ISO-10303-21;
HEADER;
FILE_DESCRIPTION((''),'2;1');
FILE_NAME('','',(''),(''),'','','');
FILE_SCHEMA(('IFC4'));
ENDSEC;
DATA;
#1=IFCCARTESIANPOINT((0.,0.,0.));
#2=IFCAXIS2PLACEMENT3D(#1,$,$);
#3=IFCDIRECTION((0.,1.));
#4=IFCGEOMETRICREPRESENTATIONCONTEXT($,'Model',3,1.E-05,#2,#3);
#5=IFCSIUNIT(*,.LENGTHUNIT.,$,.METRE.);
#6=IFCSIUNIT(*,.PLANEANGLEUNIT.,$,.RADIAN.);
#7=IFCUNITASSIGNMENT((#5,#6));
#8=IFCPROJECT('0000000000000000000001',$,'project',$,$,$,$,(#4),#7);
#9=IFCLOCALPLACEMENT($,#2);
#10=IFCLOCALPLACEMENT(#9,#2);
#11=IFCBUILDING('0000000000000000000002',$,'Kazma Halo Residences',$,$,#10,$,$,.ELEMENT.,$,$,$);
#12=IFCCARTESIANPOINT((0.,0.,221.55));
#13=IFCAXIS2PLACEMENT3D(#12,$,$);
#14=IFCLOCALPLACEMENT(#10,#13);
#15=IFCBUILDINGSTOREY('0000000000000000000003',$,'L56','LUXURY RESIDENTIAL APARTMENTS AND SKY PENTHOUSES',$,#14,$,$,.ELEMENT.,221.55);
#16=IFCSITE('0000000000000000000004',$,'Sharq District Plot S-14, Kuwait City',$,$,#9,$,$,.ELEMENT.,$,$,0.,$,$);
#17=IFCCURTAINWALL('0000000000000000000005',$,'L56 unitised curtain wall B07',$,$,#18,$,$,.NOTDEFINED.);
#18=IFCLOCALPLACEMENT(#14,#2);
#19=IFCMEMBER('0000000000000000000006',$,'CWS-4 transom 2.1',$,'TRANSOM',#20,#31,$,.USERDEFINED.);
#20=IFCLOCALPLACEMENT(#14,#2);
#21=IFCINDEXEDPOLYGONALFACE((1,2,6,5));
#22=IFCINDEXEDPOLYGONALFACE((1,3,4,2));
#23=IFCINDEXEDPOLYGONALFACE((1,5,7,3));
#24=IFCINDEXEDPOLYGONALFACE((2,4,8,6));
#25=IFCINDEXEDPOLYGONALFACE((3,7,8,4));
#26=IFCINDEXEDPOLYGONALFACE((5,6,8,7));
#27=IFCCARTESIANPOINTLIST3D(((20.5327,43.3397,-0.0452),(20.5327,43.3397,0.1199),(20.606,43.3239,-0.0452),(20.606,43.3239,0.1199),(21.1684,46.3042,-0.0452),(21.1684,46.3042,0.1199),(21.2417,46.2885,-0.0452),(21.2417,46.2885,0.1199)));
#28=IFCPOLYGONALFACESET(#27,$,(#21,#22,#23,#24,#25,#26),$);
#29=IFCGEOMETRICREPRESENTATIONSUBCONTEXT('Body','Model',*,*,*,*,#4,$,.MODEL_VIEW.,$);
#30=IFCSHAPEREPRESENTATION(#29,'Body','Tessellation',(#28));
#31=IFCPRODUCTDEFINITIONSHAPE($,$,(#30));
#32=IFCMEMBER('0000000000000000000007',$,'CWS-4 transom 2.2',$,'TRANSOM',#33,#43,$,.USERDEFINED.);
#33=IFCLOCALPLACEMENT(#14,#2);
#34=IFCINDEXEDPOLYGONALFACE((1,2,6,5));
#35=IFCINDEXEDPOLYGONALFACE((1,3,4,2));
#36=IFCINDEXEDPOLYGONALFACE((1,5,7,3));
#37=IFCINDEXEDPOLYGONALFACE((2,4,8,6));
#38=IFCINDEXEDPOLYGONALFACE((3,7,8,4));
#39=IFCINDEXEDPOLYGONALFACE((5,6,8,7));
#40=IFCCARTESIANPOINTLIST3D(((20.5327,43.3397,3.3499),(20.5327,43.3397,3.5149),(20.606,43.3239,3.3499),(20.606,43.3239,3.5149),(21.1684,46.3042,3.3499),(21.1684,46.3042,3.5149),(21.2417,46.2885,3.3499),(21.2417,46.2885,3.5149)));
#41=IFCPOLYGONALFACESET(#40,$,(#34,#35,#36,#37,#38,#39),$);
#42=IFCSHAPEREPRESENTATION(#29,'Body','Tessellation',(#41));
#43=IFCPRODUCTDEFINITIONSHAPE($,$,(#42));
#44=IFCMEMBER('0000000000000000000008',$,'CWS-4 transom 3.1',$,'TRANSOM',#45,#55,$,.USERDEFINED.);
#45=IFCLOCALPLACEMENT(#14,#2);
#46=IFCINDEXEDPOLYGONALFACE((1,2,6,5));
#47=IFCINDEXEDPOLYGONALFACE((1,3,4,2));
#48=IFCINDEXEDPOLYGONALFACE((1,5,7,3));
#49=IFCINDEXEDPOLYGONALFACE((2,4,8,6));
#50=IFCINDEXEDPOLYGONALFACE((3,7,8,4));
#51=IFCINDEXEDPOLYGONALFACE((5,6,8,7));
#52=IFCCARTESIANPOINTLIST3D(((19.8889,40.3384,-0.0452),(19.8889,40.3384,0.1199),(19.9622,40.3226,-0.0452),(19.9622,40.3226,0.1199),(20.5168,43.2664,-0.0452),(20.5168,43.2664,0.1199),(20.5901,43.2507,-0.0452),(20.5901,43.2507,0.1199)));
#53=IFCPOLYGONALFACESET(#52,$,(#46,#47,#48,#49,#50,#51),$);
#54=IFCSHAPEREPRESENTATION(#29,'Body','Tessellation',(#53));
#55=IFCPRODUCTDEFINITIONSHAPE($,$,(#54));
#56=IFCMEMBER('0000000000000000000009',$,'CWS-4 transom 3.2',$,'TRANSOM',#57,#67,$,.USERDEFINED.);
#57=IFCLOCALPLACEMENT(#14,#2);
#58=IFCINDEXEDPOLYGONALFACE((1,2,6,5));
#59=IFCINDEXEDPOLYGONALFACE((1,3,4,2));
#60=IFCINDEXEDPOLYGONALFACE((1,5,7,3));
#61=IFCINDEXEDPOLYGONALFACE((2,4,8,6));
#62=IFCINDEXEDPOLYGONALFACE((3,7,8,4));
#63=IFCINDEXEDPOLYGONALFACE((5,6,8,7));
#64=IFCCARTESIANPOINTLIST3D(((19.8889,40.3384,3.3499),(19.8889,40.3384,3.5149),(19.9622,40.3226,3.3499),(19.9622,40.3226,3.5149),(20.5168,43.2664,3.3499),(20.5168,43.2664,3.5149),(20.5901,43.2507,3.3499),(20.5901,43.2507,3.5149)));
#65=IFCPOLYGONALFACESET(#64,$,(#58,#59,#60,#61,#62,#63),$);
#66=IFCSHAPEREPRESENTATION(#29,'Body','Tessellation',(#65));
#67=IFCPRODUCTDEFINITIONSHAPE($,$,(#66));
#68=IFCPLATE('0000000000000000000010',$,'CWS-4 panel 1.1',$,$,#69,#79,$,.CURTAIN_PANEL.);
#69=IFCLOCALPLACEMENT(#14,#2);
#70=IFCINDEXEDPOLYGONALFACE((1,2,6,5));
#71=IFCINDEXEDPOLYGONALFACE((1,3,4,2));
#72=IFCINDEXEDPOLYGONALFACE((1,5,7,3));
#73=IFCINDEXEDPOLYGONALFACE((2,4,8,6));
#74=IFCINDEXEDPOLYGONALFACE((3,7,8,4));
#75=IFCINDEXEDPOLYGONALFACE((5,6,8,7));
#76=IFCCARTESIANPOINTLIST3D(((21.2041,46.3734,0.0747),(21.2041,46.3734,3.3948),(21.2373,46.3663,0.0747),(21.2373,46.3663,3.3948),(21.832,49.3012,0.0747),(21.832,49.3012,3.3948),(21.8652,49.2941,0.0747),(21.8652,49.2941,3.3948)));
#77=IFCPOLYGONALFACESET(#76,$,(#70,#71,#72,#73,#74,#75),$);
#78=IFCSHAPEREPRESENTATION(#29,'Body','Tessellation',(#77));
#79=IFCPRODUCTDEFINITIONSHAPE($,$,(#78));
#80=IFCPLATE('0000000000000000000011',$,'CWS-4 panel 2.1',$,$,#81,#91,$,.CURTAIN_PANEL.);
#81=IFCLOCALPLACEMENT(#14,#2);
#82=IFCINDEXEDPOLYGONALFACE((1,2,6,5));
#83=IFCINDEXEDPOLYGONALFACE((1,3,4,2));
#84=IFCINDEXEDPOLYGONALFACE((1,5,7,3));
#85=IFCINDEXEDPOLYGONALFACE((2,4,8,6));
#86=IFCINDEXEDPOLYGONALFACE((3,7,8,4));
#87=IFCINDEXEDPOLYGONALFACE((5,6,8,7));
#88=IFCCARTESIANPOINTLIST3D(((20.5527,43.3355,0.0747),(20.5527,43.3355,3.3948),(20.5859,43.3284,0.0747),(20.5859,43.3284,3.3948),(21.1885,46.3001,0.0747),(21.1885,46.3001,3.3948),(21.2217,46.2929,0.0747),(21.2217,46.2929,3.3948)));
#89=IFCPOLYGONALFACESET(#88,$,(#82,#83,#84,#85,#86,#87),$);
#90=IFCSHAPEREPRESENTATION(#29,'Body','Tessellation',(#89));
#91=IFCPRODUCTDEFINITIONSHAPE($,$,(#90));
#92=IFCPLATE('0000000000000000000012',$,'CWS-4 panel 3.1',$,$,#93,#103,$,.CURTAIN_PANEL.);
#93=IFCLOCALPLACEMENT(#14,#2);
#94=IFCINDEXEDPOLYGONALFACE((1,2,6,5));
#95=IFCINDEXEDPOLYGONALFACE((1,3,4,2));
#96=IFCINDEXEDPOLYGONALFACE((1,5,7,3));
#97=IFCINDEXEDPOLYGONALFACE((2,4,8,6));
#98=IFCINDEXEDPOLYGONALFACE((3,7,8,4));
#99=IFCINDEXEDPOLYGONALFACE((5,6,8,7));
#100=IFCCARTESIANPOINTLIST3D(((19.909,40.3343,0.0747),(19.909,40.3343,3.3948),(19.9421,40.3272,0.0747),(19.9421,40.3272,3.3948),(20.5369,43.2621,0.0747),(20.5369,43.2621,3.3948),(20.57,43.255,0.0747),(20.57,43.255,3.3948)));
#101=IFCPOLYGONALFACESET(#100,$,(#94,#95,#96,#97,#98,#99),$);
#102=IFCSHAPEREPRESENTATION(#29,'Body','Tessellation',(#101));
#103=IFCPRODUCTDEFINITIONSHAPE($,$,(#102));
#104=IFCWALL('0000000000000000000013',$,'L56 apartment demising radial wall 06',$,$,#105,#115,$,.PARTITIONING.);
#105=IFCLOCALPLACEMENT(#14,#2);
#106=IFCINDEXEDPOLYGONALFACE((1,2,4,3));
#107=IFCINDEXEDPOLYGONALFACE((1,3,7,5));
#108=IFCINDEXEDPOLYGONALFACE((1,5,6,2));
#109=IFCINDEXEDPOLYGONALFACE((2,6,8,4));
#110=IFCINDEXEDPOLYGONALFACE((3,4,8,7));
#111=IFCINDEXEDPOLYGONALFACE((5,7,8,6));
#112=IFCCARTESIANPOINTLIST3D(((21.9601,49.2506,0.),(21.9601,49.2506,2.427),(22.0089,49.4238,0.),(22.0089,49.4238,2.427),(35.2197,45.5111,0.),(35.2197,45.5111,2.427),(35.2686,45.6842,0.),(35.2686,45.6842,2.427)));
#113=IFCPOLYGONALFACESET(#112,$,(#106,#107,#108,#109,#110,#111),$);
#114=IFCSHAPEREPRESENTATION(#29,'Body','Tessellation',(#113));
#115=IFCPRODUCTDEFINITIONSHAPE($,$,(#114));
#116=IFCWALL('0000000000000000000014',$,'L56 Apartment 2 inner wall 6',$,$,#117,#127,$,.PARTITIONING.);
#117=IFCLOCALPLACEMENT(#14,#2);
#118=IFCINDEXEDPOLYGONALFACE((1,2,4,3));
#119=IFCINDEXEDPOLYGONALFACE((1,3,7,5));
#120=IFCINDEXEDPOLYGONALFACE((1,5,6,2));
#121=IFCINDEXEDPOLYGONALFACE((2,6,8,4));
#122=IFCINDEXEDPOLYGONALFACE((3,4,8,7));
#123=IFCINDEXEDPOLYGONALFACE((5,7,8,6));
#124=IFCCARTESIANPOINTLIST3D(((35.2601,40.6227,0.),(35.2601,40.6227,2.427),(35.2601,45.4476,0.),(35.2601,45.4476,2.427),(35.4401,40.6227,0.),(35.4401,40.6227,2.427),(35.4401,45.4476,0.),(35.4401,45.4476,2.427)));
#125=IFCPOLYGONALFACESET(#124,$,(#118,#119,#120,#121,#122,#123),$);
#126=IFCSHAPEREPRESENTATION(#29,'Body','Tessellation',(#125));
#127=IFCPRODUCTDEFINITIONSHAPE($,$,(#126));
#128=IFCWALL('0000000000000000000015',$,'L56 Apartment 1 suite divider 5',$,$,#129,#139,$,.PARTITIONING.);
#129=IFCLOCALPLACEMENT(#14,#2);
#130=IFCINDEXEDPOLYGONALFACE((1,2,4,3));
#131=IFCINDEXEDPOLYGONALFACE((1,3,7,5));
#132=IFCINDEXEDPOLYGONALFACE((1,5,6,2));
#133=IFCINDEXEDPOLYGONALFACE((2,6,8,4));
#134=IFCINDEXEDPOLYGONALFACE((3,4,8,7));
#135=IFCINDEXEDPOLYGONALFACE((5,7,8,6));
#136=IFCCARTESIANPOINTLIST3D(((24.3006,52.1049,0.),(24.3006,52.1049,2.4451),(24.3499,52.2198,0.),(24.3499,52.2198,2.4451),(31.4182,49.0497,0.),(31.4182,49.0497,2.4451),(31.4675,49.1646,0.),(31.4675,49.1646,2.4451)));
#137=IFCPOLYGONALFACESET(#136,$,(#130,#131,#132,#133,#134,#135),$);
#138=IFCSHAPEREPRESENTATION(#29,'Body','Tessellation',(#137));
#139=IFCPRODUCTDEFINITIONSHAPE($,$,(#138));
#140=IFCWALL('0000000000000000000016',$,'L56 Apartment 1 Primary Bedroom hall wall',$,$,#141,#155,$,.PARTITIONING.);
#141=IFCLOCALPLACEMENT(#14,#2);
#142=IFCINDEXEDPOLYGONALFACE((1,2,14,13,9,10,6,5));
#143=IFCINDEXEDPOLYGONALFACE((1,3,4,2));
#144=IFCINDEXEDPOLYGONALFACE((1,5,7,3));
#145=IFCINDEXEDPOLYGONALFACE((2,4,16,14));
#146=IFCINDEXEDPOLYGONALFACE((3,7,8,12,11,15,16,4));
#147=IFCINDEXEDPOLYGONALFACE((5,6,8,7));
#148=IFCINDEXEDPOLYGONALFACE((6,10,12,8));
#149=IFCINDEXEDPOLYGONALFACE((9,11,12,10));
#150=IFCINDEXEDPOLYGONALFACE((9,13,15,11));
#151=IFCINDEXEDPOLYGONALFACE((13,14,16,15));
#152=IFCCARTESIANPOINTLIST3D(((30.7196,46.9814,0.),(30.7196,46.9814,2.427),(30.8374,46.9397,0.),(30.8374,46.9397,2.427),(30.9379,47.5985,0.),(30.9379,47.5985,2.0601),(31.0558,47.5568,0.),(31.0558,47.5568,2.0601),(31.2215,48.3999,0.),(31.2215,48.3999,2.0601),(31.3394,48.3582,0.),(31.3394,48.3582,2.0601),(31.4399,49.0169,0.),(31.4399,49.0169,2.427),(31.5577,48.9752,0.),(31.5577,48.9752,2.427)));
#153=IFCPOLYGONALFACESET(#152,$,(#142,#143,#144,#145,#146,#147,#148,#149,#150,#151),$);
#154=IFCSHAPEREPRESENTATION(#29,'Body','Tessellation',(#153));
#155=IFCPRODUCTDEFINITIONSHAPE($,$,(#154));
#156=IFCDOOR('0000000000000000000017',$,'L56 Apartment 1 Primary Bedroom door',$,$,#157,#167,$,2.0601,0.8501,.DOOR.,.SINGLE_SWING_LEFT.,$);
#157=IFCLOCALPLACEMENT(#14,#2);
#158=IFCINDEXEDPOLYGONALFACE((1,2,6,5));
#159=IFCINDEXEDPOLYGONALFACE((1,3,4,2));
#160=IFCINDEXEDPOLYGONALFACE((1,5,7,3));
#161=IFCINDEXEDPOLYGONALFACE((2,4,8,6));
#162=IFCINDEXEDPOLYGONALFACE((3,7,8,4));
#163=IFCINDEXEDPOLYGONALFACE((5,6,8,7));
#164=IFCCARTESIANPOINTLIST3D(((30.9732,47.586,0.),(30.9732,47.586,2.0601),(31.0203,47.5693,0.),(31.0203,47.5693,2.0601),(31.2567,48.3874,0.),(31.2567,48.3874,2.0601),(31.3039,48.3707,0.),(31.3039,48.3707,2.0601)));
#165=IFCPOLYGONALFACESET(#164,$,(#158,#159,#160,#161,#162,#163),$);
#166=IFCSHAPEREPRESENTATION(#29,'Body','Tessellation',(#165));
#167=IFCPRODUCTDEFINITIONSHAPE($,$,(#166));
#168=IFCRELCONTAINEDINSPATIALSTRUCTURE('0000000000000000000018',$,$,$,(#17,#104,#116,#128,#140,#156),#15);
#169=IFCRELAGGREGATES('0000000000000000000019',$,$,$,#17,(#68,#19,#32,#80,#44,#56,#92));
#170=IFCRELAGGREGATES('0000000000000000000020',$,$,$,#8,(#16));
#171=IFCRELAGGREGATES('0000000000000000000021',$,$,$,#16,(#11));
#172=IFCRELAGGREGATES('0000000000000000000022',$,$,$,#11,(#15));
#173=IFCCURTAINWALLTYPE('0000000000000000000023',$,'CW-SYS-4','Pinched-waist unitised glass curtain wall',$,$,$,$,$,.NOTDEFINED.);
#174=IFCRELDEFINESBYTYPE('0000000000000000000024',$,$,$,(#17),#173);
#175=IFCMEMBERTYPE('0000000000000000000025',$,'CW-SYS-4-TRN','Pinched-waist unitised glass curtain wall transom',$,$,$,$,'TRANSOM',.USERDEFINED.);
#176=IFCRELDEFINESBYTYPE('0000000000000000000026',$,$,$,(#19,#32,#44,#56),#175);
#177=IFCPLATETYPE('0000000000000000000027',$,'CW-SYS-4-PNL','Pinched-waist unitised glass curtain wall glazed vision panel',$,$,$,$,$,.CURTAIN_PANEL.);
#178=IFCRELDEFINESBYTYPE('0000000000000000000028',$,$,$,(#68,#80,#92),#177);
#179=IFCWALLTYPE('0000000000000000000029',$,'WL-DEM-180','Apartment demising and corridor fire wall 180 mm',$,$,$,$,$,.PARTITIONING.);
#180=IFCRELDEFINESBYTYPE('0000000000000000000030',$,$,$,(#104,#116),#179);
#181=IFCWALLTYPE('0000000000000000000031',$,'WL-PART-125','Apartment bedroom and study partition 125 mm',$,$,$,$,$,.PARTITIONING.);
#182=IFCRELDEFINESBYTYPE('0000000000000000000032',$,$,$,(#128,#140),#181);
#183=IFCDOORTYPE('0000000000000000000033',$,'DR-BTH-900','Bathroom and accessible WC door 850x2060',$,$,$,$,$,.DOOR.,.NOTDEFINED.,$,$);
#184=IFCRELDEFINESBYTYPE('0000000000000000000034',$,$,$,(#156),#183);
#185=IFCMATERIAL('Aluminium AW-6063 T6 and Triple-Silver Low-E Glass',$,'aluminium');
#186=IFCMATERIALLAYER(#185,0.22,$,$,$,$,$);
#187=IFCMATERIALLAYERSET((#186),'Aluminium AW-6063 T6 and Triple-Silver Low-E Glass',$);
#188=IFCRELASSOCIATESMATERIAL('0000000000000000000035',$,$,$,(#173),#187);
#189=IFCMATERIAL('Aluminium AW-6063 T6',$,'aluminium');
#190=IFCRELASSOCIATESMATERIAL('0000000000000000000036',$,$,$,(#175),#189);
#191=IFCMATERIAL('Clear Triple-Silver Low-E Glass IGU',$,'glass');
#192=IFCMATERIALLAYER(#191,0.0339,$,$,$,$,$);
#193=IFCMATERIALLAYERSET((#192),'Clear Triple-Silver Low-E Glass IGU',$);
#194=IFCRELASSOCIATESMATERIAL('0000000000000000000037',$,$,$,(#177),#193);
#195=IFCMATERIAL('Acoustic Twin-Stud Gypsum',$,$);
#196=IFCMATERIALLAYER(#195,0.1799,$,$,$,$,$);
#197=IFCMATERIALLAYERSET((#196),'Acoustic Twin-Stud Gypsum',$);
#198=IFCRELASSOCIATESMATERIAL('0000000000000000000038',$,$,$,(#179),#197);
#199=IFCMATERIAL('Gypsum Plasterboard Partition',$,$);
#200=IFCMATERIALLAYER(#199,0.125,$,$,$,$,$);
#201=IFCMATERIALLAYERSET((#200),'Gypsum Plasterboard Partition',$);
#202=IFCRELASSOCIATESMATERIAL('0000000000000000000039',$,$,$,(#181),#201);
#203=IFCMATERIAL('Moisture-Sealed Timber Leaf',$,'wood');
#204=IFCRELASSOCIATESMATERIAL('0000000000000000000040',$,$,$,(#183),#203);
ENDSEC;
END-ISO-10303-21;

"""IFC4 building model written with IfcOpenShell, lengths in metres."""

from ifc_helpers import new_model, si_unit, direction, frame, frame_2d, origin, origin_2d, place, context, subcontext, project, spatial, rectangle, extrude, material, layer, layer_set, material_profile, profile_set, type_object, element, fill, aggregate, save


model = new_model("IFC4")

# Units and contexts
model_context = context("Model", 3, precision=1e-05, world=origin(), true_north=direction((0.0, 1.0)))
body_context = subcontext(model_context, "Body", "Model", "MODEL_VIEW")
ifc_project = project(units=[si_unit("LENGTHUNIT", "METRE"), si_unit("PLANEANGLEUNIT", "RADIAN")], contexts=[model_context])

# Site, building, storey
site_placement = place(None, origin())
site = spatial("IfcSite", under=ifc_project, at=site_placement, Name="Sharq District Plot S-14, Kuwait City", CompositionType="ELEMENT", RefElevation=0.0)
building_placement = place(site_placement, origin())
building = spatial("IfcBuilding", under=site, at=building_placement, Name="Kazma Halo Residences", CompositionType="ELEMENT")
storey_placement = place(building_placement, frame((0.0, 0.0, 221.55)))
storey = spatial("IfcBuildingStorey", under=building, at=storey_placement, Name="L56", Description="LUXURY RESIDENTIAL APARTMENTS AND SKY PENTHOUSES", CompositionType="ELEMENT", Elevation=221.55)

# Curtain wall, members, plates
ifc_material_1 = material(Name="Aluminium AW-6063 T6 and Triple-Silver Low-E Glass", Category="aluminium")
ifc_layer_1 = layer(ifc_material_1, 0.22)
ifc_layer_set_1 = layer_set([ifc_layer_1], Name="Aluminium AW-6063 T6 and Triple-Silver Low-E Glass")
curtain_wall_type = type_object("IfcCurtainWallType", Name="CW-SYS-4", Description="Pinched-waist unitised glass curtain wall", PredefinedType="NOTDEFINED", material=ifc_layer_set_1)
curtain_wall_placement = place(storey_placement, origin())
curtain_wall = element("IfcCurtainWall", 1, at=curtain_wall_placement, inside=storey, type_object=curtain_wall_type, Name="L56 unitised curtain wall B07", PredefinedType="NOTDEFINED")
ifc_material_2 = material(Name="Aluminium AW-6063 T6", Category="aluminium")
ifc_material_profile_1 = material_profile(ifc_material_2, rectangle(XDim=0.075, YDim=0.165, at=origin_2d()), Name="CWT-75x165")
ifc_profile_set_1 = profile_set([ifc_material_profile_1], Name="Aluminium AW-6063 T6")
member_type_1 = type_object("IfcMemberType", Name="CW-SYS-4-TRN", Description="Pinched-waist unitised glass curtain wall transom", ElementType="TRANSOM", PredefinedType="USERDEFINED", material=ifc_profile_set_1)
member_1_placement = place(storey_placement, frame((21.2051, 46.2964, 0.0374), z_axis=(-0.209678, -0.977771, 0.0), x_axis=(0.977771, -0.209678, 0.0)))
member_1 = element("IfcMember", 2, at=member_1_placement, type_object=member_type_1, Name="CWS-4 transom 2.1", ObjectType="TRANSOM", PredefinedType="USERDEFINED", context=body_context, shape_type="SweptSolid", body=[
    extrude(rectangle(XDim=0.075, YDim=0.165, at=origin_2d()), origin(), (0.0, 0.0, 1.0), 3.032),
])
member_2_placement = place(storey_placement, frame((21.2051, 46.2964, 3.4324), z_axis=(-0.209678, -0.977771, 0.0), x_axis=(0.977771, -0.209678, 0.0)))
member_2 = element("IfcMember", 3, at=member_2_placement, type_object=member_type_1, Name="CWS-4 transom 2.2", ObjectType="TRANSOM", PredefinedType="USERDEFINED", context=body_context, shape_type="SweptSolid", body=[
    extrude(rectangle(XDim=0.075, YDim=0.165, at=origin_2d()), origin(), (0.0, 0.0, 1.0), 3.032),
])
member_3_placement = place(storey_placement, frame((20.5535, 43.2585, 0.0374), z_axis=(-0.209691, -0.977768, 0.0), x_axis=(0.977768, -0.209691, 0.0)))
member_3 = element("IfcMember", 4, at=member_3_placement, type_object=member_type_1, Name="CWS-4 transom 3.1", ObjectType="TRANSOM", PredefinedType="USERDEFINED", context=body_context, shape_type="SweptSolid", body=[
    extrude(rectangle(XDim=0.075, YDim=0.165, at=origin_2d()), origin(), (0.0, 0.0, 1.0), 2.9946),
])
member_4_placement = place(storey_placement, frame((20.5535, 43.2585, 3.4324), z_axis=(-0.209691, -0.977768, 0.0), x_axis=(0.977768, -0.209691, 0.0)))
member_4 = element("IfcMember", 5, at=member_4_placement, type_object=member_type_1, Name="CWS-4 transom 3.2", ObjectType="TRANSOM", PredefinedType="USERDEFINED", context=body_context, shape_type="SweptSolid", body=[
    extrude(rectangle(XDim=0.075, YDim=0.165, at=origin_2d()), origin(), (0.0, 0.0, 1.0), 2.9946),
])
ifc_material_3 = material(Name="Clear Triple-Silver Low-E Glass IGU", Category="glass")
ifc_layer_2 = layer(ifc_material_3, 0.0339)
ifc_layer_set_2 = layer_set([ifc_layer_2], Name="Clear Triple-Silver Low-E Glass IGU")
plate_type = type_object("IfcPlateType", Name="CW-SYS-4-PNL", Description="Pinched-waist unitised glass curtain wall glazed vision panel", PredefinedType="CURTAIN_PANEL", material=ifc_layer_set_2)
plate_1_placement = place(storey_placement, frame((21.5347, 47.8337, 0.0747), z_axis=(0.0, 0.0, 1.0), x_axis=(-0.20969, -0.977768, 0.0)))
plate_1 = element("IfcPlate", 6, at=plate_1_placement, type_object=plate_type, Name="CWS-4 panel 1.1", PredefinedType="CURTAIN_PANEL", context=body_context, shape_type="SweptSolid", body=[
    extrude(rectangle(XDim=2.9944, YDim=0.0339, at=origin_2d()), origin(), (0.0, 0.0, 1.0), 3.3201),
])
plate_2_placement = place(storey_placement, frame((20.8872, 44.8142, 0.0747), z_axis=(0.0, 0.0, 1.0), x_axis=(-0.20969, -0.977768, 0.0)))
plate_2 = element("IfcPlate", 7, at=plate_2_placement, type_object=plate_type, Name="CWS-4 panel 2.1", PredefinedType="CURTAIN_PANEL", context=body_context, shape_type="SweptSolid", body=[
    extrude(rectangle(XDim=3.032, YDim=0.0339, at=origin_2d()), origin(), (0.0, 0.0, 1.0), 3.3201),
])
plate_3_placement = place(storey_placement, frame((20.2395, 41.7947, 0.0747), z_axis=(0.0, 0.0, 1.0), x_axis=(-0.20969, -0.977768, 0.0)))
plate_3 = element("IfcPlate", 8, at=plate_3_placement, type_object=plate_type, Name="CWS-4 panel 3.1", PredefinedType="CURTAIN_PANEL", context=body_context, shape_type="SweptSolid", body=[
    extrude(rectangle(XDim=2.9944, YDim=0.0339, at=origin_2d()), origin(), (0.0, 0.0, 1.0), 3.3201),
])
aggregate(curtain_wall, [plate_1, member_1, member_2, plate_2, member_3, member_4, plate_3])

# Walls
ifc_material_4 = material(Name="Acoustic Twin-Stud Gypsum")
ifc_layer_3 = layer(ifc_material_4, 0.1799)
ifc_layer_set_3 = layer_set([ifc_layer_3], Name="Acoustic Twin-Stud Gypsum")
wall_type_1 = type_object("IfcWallType", Name="WL-DEM-180", Description="Apartment demising and corridor fire wall 180 mm", PredefinedType="PARTITIONING", material=ifc_layer_set_3)
wall_1_placement = place(storey_placement, frame((35.2441, 45.5977, 0.0), z_axis=(0.0, 0.0, 1.0), x_axis=(-0.962457, 0.271436, 0.0)))
element("IfcWall", 9, at=wall_1_placement, inside=storey, type_object=wall_type_1, Name="L56 apartment demising radial wall 06", PredefinedType="PARTITIONING", context=body_context, shape_type="SweptSolid", body=[
    extrude(rectangle(XDim=13.7769, YDim=0.1799, at=frame_2d((6.8884, 0.0))), origin(), (0.0, 0.0, 1.0), 2.427),
])
wall_2_placement = place(storey_placement, frame((35.3501, 45.4478, 0.0), z_axis=(0.0, 0.0, 1.0), x_axis=(0.0, -1.0, 0.0)))
element("IfcWall", 10, at=wall_2_placement, inside=storey, type_object=wall_type_1, Name="L56 Apartment 2 inner wall 6", PredefinedType="PARTITIONING", context=body_context, shape_type="SweptSolid", body=[
    extrude(rectangle(XDim=4.825, YDim=0.1799, at=frame_2d((2.4126, 0.0))), origin(), (0.0, 0.0, 1.0), 2.427),
])
ifc_material_5 = material(Name="Gypsum Plasterboard Partition")
ifc_layer_4 = layer(ifc_material_5, 0.125)
ifc_layer_set_4 = layer_set([ifc_layer_4], Name="Gypsum Plasterboard Partition")
wall_type_2 = type_object("IfcWallType", Name="WL-PART-125", Description="Apartment bedroom and study partition 125 mm", PredefinedType="PARTITIONING", material=ifc_layer_set_4)
wall_3_placement = place(storey_placement, frame((31.4429, 49.1072, 0.0), z_axis=(0.0, 0.0, 1.0), x_axis=(-0.918923, 0.394437, 0.0)))
element("IfcWall", 11, at=wall_3_placement, inside=storey, type_object=wall_type_2, Name="L56 Apartment 1 suite divider 5", PredefinedType="PARTITIONING", context=body_context, shape_type="SweptSolid", body=[
    extrude(rectangle(XDim=7.7456, YDim=0.125, at=frame_2d((3.8728, 0.0))), origin(), (0.0, 0.0, 1.0), 2.4451),
])

# Wall, opening, door
wall_4_placement = place(storey_placement, frame((31.4988, 48.9961, 0.0), z_axis=(0.0, 0.0, 1.0), x_axis=(-0.333577, -0.942723, 0.0)))
wall_4 = element("IfcWall", 12, at=wall_4_placement, inside=storey, type_object=wall_type_2, Name="L56 Apartment 1 Primary Bedroom hall wall", PredefinedType="PARTITIONING", context=body_context, shape_type="SweptSolid", body=[
    extrude(rectangle(XDim=2.1592, YDim=0.125, at=frame_2d((1.0796, 0.0))), origin(), (0.0, 0.0, 1.0), 2.427),
])
opening_1_placement = place(wall_4_placement, frame((0.6545, 0.0, 0.0)))
opening_1 = element("IfcOpeningElement", 13, at=opening_1_placement, cuts=wall_4, PredefinedType="OPENING", context=body_context, shape_type="SweptSolid", body=[
    extrude(rectangle(XDim=0.8501, YDim=2.0601, at=frame_2d((0.425, 1.03))), frame((0.0, 0.0725, 0.0), z_axis=(0.0, -1.0, 0.0), x_axis=(1.0, 0.0, 0.0)), (0.0, 0.0, 1.0), 0.145),
])
ifc_material_6 = material(Name="Moisture-Sealed Timber Leaf", Category="wood")
door_type = type_object("IfcDoorType", Name="DR-BTH-900", Description="Bathroom and accessible WC door 850x2060", OperationType="NOTDEFINED", PredefinedType="DOOR", material=ifc_material_6)
door_1_placement = place(opening_1_placement, origin())
door_1 = element("IfcDoor", 14, at=door_1_placement, inside=storey, type_object=door_type, Name="L56 Apartment 1 Primary Bedroom door", OperationType="SINGLE_SWING_LEFT", OverallHeight=2.0601, OverallWidth=0.8501, PredefinedType="DOOR", context=body_context, shape_type="SweptSolid", body=[
    extrude(rectangle(XDim=0.8501, YDim=2.0601, at=frame_2d((0.425, 1.03))), frame((0.0, 0.0249, 0.0), z_axis=(0.0, -1.0, 0.0), x_axis=(1.0, 0.0, 0.0)), (0.0, 0.0, 1.0), 0.05),
])
fill(opening_1, door_1)

save(model, "model.ifc")
